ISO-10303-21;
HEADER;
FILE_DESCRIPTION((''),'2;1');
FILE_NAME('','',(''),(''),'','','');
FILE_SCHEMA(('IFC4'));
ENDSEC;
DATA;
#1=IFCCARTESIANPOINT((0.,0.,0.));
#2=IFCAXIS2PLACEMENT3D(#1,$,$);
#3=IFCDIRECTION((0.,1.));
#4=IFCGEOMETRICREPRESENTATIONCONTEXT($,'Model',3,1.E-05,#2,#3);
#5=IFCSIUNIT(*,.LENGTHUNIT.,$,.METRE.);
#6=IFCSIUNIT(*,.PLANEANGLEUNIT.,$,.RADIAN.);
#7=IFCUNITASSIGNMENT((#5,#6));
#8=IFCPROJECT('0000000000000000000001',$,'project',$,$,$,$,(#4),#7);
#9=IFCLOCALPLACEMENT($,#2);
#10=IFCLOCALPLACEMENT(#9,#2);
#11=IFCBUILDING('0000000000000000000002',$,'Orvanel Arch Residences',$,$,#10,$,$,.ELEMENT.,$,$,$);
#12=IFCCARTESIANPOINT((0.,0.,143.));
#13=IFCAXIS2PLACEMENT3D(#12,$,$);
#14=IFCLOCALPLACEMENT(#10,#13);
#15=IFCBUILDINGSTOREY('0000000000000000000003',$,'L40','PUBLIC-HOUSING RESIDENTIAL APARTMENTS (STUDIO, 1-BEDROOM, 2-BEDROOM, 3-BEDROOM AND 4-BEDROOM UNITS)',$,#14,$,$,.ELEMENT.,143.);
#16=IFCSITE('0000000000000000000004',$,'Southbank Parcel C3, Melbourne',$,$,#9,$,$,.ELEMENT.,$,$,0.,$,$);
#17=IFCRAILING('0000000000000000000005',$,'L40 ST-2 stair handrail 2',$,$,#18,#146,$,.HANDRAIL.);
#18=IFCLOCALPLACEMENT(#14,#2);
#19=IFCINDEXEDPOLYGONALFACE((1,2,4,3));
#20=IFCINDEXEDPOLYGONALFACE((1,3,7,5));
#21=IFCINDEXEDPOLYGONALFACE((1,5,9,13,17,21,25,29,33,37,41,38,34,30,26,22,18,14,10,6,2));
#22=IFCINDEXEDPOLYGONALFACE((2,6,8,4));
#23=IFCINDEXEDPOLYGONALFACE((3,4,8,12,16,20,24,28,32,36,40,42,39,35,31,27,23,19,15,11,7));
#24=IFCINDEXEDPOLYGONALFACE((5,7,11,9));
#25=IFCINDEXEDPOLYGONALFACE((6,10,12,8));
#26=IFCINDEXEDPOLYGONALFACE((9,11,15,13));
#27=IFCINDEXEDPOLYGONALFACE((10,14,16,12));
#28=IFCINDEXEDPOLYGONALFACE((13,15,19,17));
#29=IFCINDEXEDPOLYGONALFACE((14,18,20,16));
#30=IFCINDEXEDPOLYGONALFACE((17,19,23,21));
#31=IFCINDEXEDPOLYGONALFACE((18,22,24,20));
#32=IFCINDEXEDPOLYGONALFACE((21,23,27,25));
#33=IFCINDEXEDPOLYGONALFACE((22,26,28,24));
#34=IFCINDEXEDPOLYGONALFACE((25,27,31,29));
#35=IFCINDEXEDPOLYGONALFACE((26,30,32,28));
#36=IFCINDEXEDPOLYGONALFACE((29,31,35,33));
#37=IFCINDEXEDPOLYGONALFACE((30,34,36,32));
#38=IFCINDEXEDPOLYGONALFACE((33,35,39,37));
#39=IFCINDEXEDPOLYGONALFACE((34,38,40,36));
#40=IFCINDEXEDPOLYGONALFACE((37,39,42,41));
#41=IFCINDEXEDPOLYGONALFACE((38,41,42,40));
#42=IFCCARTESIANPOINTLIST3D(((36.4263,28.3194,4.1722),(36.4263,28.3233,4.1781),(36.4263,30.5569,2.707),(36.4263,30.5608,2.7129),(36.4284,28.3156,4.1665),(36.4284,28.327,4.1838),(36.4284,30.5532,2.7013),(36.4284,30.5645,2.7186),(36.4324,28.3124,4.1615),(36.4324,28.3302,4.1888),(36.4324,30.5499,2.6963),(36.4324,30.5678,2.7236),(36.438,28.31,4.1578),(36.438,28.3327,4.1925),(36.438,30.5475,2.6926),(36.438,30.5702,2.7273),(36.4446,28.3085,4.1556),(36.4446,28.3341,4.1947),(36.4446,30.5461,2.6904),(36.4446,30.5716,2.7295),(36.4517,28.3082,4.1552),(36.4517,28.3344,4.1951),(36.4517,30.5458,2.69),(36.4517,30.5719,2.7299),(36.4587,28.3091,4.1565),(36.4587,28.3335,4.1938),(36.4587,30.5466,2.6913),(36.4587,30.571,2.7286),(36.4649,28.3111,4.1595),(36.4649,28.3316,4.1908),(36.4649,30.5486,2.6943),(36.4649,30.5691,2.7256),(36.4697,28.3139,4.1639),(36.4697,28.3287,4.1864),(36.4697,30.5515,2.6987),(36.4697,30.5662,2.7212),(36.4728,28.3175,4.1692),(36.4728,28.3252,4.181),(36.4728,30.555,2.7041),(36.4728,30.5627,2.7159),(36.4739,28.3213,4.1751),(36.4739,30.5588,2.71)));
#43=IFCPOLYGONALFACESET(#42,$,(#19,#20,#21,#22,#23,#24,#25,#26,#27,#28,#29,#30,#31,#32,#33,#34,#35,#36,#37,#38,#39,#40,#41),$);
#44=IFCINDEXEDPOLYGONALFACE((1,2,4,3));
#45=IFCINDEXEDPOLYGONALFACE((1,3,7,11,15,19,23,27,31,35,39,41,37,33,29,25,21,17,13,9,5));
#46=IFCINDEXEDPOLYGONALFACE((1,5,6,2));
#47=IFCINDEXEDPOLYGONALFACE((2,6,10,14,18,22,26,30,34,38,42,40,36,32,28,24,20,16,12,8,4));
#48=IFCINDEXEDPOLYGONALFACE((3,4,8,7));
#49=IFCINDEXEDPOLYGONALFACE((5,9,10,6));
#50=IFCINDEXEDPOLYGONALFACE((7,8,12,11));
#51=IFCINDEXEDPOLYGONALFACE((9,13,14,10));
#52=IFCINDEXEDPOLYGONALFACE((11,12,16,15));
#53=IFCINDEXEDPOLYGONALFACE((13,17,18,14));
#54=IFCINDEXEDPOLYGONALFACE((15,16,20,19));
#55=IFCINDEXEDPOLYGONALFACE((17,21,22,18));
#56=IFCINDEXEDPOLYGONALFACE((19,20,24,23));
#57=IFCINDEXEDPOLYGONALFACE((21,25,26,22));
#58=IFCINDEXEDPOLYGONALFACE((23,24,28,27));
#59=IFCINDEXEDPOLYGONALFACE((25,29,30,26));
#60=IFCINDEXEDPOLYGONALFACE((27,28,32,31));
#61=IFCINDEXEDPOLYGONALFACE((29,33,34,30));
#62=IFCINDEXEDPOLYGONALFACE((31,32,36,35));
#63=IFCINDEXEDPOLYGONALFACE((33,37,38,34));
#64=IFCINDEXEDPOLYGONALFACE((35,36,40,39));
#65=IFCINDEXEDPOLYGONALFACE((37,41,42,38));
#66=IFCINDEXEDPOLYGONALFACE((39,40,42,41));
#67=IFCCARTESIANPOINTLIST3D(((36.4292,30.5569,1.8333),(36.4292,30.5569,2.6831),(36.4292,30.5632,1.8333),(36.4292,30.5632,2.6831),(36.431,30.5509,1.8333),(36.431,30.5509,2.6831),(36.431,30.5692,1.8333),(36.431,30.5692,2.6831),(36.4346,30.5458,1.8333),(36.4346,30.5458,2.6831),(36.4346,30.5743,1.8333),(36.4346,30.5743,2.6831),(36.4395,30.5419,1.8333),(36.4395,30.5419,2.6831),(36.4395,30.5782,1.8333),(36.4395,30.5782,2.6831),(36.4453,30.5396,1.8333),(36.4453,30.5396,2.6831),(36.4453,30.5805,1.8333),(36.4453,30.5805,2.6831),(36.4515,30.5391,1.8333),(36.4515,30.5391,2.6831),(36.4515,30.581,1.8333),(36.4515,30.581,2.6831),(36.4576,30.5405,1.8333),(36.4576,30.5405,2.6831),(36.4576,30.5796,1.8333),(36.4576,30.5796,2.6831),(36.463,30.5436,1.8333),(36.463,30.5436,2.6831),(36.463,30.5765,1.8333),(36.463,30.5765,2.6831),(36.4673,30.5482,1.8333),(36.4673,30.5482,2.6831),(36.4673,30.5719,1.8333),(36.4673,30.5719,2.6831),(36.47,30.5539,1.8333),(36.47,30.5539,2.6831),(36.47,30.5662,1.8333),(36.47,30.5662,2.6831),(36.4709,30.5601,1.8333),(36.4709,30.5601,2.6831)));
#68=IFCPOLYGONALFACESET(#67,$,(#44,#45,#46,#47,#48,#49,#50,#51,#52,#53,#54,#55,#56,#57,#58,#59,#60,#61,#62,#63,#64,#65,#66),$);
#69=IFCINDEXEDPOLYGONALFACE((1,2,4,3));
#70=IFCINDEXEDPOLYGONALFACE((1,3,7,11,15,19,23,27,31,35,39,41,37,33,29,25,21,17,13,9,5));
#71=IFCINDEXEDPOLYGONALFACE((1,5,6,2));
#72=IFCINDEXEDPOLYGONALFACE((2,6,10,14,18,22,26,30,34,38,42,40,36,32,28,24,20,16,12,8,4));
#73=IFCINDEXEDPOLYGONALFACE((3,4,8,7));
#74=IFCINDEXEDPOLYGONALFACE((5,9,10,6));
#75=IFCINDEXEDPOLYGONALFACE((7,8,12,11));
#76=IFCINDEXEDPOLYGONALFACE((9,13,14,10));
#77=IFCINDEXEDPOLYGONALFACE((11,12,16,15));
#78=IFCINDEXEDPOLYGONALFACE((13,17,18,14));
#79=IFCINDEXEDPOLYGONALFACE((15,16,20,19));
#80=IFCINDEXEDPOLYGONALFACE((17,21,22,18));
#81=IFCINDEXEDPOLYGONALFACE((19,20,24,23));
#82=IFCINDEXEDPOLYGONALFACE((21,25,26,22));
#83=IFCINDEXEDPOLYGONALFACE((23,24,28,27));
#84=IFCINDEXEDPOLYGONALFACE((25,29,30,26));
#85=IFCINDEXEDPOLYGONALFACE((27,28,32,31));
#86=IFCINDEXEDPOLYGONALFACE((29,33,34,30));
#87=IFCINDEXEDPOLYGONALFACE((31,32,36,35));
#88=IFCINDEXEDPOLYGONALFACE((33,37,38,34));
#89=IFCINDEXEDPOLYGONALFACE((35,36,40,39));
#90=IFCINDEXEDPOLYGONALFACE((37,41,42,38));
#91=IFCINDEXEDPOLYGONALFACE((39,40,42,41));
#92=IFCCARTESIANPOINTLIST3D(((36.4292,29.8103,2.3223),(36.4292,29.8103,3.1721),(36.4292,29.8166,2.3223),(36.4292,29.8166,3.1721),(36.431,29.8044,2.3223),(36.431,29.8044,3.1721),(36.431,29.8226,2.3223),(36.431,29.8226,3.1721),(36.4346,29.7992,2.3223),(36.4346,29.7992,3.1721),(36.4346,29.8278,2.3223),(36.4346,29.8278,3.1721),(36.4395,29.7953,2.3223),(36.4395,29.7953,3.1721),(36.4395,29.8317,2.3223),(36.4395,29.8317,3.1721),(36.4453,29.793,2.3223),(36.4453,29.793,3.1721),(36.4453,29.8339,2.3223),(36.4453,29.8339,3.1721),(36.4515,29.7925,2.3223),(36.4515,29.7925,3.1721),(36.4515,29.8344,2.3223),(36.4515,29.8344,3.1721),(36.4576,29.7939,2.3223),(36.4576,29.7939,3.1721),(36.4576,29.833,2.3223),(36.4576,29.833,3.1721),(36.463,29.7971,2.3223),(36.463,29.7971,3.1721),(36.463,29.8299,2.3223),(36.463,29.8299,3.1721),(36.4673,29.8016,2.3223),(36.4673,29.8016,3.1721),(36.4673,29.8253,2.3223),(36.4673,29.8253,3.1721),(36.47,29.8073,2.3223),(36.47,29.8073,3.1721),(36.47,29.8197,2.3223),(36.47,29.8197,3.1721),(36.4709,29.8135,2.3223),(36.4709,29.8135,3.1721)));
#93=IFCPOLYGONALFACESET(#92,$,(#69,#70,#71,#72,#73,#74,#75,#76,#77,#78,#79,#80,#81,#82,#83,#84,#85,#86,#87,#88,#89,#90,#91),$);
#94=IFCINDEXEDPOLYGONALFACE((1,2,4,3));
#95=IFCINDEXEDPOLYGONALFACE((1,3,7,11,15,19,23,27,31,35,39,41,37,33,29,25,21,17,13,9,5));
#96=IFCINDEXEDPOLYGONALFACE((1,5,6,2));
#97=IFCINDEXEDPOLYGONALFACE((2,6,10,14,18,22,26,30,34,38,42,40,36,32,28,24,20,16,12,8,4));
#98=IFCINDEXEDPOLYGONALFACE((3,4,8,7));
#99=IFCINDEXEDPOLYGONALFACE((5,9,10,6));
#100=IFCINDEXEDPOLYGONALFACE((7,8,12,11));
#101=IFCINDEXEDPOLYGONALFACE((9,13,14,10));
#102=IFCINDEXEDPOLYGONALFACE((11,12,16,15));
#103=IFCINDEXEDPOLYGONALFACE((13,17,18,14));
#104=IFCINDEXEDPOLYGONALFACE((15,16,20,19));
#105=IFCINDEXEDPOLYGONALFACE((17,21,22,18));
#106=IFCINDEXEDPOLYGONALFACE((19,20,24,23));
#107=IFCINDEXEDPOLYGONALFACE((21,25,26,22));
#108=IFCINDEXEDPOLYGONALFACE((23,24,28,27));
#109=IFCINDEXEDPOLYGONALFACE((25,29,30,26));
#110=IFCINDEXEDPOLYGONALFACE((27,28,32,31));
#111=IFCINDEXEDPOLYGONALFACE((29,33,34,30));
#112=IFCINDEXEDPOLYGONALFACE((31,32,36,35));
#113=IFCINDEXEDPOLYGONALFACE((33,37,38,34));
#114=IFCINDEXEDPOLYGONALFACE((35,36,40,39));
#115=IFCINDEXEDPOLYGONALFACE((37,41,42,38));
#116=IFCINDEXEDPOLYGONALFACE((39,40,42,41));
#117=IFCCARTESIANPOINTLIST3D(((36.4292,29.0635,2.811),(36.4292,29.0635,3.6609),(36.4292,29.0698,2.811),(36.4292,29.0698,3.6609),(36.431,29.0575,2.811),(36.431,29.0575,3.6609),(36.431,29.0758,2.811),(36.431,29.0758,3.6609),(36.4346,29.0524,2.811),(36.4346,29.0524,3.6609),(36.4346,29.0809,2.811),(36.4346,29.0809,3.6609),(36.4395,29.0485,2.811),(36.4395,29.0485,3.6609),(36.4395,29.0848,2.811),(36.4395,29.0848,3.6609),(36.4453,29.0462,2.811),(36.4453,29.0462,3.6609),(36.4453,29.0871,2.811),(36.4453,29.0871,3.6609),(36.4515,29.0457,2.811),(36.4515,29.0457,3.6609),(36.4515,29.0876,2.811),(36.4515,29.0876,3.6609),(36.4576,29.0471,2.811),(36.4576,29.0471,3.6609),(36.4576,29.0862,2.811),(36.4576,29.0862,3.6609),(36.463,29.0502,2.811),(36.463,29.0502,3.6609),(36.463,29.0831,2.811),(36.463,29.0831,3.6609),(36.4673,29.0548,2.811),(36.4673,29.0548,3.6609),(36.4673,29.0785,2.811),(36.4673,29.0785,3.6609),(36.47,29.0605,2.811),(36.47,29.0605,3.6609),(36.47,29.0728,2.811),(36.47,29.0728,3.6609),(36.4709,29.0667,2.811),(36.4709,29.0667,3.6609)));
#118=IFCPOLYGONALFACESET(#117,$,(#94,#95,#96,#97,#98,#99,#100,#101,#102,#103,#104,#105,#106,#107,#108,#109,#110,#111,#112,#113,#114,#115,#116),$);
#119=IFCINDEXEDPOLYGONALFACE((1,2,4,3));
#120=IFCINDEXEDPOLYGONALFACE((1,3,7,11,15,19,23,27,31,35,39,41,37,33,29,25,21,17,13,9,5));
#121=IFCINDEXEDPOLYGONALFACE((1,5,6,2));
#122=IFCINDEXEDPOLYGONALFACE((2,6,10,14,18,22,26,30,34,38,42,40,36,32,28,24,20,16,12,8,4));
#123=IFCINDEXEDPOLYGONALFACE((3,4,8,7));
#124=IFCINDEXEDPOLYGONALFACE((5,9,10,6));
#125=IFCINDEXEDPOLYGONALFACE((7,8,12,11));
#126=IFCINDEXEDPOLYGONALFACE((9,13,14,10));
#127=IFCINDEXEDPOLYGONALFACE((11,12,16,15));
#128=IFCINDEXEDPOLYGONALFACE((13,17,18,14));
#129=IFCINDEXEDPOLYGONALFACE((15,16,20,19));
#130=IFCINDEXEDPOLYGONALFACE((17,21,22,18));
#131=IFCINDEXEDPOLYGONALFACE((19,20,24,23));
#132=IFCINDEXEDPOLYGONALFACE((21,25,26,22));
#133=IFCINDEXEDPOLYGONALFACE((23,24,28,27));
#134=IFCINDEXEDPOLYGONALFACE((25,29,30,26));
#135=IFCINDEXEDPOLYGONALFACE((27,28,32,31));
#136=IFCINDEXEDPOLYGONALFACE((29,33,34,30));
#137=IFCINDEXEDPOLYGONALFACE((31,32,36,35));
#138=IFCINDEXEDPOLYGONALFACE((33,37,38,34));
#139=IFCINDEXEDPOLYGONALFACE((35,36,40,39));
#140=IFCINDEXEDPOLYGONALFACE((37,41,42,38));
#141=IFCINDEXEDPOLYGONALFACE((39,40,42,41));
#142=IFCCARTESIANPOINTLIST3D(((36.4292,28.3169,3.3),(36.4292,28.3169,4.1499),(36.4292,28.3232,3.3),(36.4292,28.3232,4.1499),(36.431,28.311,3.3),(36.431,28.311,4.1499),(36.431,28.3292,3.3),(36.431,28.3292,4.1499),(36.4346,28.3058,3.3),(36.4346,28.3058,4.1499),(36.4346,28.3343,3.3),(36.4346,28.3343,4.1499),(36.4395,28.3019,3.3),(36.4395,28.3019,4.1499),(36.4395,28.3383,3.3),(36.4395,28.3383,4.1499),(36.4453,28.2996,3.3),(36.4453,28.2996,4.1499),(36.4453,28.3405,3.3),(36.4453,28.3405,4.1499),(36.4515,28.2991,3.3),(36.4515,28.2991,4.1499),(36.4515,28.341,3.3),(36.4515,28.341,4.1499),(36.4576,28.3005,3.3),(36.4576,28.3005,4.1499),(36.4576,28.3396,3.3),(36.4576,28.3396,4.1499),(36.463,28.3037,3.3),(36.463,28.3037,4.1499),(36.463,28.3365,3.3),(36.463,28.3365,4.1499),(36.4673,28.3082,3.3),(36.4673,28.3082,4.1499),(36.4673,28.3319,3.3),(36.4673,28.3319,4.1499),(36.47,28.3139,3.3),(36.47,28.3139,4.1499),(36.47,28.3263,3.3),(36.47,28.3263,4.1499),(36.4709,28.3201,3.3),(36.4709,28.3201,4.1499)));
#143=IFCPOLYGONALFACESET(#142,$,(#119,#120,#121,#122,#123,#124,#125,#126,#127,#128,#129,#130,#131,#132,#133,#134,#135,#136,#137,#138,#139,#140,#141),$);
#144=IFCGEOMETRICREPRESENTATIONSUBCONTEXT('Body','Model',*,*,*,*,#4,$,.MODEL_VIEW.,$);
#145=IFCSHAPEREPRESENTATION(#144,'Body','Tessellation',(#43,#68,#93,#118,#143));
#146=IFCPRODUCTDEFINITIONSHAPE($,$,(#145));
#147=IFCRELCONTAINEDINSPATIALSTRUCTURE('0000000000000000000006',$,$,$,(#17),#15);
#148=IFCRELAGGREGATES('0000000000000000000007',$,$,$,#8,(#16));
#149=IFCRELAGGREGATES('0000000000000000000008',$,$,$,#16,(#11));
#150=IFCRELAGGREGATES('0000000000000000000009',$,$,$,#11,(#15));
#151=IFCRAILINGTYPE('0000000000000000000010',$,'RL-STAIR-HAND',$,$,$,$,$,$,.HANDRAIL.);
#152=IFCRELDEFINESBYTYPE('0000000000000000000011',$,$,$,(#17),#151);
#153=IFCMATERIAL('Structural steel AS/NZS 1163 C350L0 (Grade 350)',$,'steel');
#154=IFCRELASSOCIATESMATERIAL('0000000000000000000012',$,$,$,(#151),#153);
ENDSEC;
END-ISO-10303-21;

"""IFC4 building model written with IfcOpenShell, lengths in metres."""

from ifc_helpers import new_model, si_unit, direction, frame, origin, origin_2d, place, context, subcontext, project, spatial, circle, extrude, material, type_object, element, save


model = new_model("IFC4")

# Units and contexts
model_context = context("Model", 3, precision=1e-05, world=origin(), true_north=direction((0.0, 1.0)))
body_context = subcontext(model_context, "Body", "Model", "MODEL_VIEW")
ifc_project = project(units=[si_unit("LENGTHUNIT", "METRE"), si_unit("PLANEANGLEUNIT", "RADIAN")], contexts=[model_context])

# Site, building, storey
site_placement = place(None, origin())
site = spatial("IfcSite", under=ifc_project, at=site_placement, Name="Southbank Parcel C3, Melbourne", CompositionType="ELEMENT", RefElevation=0.0)
building_placement = place(site_placement, origin())
building = spatial("IfcBuilding", under=site, at=building_placement, Name="Orvanel Arch Residences", CompositionType="ELEMENT")
storey_placement = place(building_placement, frame((0.0, 0.0, 143.0)))
storey = spatial("IfcBuildingStorey", under=building, at=storey_placement, Name="L40", Description="PUBLIC-HOUSING RESIDENTIAL APARTMENTS (STUDIO, 1-BEDROOM, 2-BEDROOM, 3-BEDROOM AND 4-BEDROOM UNITS)", CompositionType="ELEMENT", Elevation=143.0)

# Railing
ifc_material_1 = material(Name="Structural steel AS/NZS 1163 C350L0 (Grade 350)", Category="steel")
railing_type_1 = type_object("IfcRailingType", Name="RL-STAIR-HAND", PredefinedType="HANDRAIL", material=ifc_material_1)
railing_1_placement = place(storey_placement, frame((36.45, 30.5601, 1.8333)))
element("IfcRailing", 1, at=railing_1_placement, inside=storey, type_object=railing_type_1, Name="L40 ST-2 stair handrail 2", PredefinedType="HANDRAIL", context=body_context, shape_type="SweptSolid", body=[
    extrude(circle(Radius=0.0239, at=origin_2d()), frame((0.0, -0.0012, 0.8767), z_axis=(0.0, -0.836595, 0.547822), x_axis=(1.0, 0.0, 0.0)), (0.0, 0.0, 1.0), 2.6746),
    extrude(circle(Radius=0.021, at=origin_2d()), origin(), (0.0, 0.0, 1.0), 0.8499),
    extrude(circle(Radius=0.021, at=origin_2d()), frame((0.0, -0.7466, 0.489)), (0.0, 0.0, 1.0), 0.8499),
    extrude(circle(Radius=0.021, at=origin_2d()), frame((0.0, -1.4934, 0.9778)), (0.0, 0.0, 1.0), 0.8499),
    extrude(circle(Radius=0.021, at=origin_2d()), frame((0.0, -2.24, 1.4668)), (0.0, 0.0, 1.0), 0.8499),
])

save(model, "model.ifc")
